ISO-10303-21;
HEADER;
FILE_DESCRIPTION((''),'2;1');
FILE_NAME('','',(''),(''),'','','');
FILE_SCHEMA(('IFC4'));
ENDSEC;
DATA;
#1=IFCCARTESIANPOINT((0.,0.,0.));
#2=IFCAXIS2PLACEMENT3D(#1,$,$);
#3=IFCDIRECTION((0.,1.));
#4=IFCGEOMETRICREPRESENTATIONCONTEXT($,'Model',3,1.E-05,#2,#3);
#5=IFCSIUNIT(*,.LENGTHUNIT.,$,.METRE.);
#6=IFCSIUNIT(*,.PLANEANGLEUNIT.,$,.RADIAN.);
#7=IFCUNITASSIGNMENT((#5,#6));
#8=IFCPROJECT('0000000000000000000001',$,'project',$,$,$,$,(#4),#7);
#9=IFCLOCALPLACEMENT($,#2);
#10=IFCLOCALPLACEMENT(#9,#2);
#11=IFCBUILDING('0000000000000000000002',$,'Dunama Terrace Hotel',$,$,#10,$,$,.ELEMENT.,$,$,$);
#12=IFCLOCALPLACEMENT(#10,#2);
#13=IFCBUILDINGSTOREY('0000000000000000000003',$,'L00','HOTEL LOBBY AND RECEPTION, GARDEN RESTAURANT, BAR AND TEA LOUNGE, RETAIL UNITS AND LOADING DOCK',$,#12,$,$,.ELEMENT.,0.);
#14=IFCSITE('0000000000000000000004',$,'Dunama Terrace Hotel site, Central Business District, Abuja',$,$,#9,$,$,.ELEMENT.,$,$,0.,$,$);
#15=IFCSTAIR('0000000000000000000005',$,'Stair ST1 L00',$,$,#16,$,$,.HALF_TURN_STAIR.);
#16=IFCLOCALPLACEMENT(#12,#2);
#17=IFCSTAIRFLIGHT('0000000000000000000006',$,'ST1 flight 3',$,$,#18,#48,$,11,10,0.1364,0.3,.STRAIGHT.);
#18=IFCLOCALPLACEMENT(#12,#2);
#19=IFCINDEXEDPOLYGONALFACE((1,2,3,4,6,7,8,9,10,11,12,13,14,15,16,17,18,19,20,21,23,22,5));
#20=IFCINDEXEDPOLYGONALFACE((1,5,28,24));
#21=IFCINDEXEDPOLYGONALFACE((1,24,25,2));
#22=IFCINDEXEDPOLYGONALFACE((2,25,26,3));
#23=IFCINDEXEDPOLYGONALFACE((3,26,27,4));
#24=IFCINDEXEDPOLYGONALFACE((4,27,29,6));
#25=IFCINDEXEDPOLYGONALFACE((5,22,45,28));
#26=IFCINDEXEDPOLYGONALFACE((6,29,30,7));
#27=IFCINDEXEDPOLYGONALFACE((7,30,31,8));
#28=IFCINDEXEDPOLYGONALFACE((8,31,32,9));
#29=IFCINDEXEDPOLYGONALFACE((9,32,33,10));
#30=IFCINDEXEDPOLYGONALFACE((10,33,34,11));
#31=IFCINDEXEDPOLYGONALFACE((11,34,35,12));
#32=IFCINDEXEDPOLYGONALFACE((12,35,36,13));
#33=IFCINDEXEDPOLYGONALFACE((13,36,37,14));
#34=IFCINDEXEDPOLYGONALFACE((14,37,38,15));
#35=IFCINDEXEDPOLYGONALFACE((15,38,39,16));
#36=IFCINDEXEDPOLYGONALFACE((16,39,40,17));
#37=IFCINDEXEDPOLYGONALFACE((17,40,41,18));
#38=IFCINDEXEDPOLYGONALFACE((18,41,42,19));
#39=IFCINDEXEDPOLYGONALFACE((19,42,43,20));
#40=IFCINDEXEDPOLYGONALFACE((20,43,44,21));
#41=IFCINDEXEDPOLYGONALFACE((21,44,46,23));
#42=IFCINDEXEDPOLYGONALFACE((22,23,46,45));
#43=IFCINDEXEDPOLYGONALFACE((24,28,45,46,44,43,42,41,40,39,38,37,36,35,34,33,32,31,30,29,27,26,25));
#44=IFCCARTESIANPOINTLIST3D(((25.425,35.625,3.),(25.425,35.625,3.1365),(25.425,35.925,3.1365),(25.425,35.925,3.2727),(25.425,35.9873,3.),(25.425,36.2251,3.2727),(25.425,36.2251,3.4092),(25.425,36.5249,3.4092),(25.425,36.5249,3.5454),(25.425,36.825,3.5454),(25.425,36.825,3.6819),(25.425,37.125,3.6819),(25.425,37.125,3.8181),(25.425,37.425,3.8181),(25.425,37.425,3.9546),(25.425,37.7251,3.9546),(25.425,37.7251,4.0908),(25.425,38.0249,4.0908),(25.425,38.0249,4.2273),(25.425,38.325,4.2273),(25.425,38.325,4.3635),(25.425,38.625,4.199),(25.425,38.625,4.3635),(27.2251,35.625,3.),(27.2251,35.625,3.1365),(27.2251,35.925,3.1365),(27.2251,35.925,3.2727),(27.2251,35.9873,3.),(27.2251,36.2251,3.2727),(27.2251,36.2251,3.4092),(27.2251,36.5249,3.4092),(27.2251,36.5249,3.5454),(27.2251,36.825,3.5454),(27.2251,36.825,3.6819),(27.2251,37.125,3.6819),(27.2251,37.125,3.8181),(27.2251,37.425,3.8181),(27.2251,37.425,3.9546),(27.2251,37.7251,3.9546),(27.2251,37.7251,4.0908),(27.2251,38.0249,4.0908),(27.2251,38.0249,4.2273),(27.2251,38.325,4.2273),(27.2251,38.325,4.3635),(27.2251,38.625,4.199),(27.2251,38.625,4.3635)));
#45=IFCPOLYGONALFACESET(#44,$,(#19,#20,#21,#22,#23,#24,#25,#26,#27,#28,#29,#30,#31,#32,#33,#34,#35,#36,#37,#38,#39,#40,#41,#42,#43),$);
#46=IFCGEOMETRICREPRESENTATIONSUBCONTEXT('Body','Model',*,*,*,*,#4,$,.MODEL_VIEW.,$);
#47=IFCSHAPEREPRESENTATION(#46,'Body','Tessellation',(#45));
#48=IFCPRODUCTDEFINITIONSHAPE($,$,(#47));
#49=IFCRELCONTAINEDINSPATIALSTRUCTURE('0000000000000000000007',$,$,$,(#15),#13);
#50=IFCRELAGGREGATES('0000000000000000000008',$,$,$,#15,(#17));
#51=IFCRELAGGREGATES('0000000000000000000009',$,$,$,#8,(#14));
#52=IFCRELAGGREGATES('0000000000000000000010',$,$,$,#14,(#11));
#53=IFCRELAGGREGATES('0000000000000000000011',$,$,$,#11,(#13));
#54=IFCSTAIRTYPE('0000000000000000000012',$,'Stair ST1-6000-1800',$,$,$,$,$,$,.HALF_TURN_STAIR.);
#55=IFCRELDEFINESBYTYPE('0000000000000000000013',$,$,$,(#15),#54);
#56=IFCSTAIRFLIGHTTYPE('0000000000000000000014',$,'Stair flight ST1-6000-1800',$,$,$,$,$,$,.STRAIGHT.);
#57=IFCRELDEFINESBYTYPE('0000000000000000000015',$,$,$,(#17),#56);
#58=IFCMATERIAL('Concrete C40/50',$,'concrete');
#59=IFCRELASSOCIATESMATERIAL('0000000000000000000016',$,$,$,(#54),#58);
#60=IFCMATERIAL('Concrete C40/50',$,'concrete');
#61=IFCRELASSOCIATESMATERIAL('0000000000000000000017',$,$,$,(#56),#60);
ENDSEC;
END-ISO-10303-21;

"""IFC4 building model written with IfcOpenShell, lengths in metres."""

from ifc_helpers import new_model, si_unit, direction, frame, origin, place, context, subcontext, project, spatial, polyline, outline, extrude, material, type_object, element, aggregate, save


model = new_model("IFC4")

# Units and contexts
model_context = context("Model", 3, precision=1e-05, world=origin(), true_north=direction((0.0, 1.0)))
body_context = subcontext(model_context, "Body", "Model", "MODEL_VIEW")
ifc_project = project(units=[si_unit("LENGTHUNIT", "METRE"), si_unit("PLANEANGLEUNIT", "RADIAN")], contexts=[model_context])

# Site, building, storey
site_placement = place(None, origin())
site = spatial("IfcSite", under=ifc_project, at=site_placement, Name="Dunama Terrace Hotel site, Central Business District, Abuja", CompositionType="ELEMENT", RefElevation=0.0)
building_placement = place(site_placement, origin())
building = spatial("IfcBuilding", under=site, at=building_placement, Name="Dunama Terrace Hotel", CompositionType="ELEMENT")
storey_placement = place(building_placement, origin())
storey = spatial("IfcBuildingStorey", under=building, at=storey_placement, Name="L00", Description="HOTEL LOBBY AND RECEPTION, GARDEN RESTAURANT, BAR AND TEA LOUNGE, RETAIL UNITS AND LOADING DOCK", CompositionType="ELEMENT", Elevation=0.0)

# Stair, stair flight
ifc_material_1 = material(Name="Concrete C40/50", Category="concrete")
stair_type = type_object("IfcStairType", Name="Stair ST1-6000-1800", PredefinedType="HALF_TURN_STAIR", material=ifc_material_1)
stair_placement = place(storey_placement, origin())
stair = element("IfcStair", 1, at=stair_placement, inside=storey, type_object=stair_type, Name="Stair ST1 L00", PredefinedType="HALF_TURN_STAIR")
ifc_material_2 = material(Name="Concrete C40/50", Category="concrete")
stair_flight_type = type_object("IfcStairFlightType", Name="Stair flight ST1-6000-1800", PredefinedType="STRAIGHT", material=ifc_material_2)
stair_flight_1_placement = place(storey_placement, frame((26.325, 35.625, 3.0), z_axis=(0.0, 0.0, 1.0), x_axis=(0.0, 1.0, 0.0)))
stair_flight_1 = element("IfcStairFlight", 2, at=stair_flight_1_placement, type_object=stair_flight_type, Name="ST1 flight 3", NumberOfRisers=11, NumberOfTreads=10, PredefinedType="STRAIGHT", RiserHeight=0.1364, TreadLength=0.3, context=body_context, shape_type="SweptSolid", body=[
    extrude(outline(polyline([(0.0, 0.0), (0.0, 0.1365), (0.3, 0.1365), (0.3, 0.2727), (0.6001, 0.2727), (0.6001, 0.4092), (0.8999, 0.4092), (0.8999, 0.5454), (1.2, 0.5454), (1.2, 0.6819), (1.5, 0.6819), (1.5, 0.8181), (1.8, 0.8181), (1.8, 0.9546), (2.1001, 0.9546), (2.1001, 1.0908), (2.3999, 1.0908), (2.3999, 1.2273), (2.7, 1.2273), (2.7, 1.3635), (3.0, 1.3635), (3.0, 1.5), (3.0, 1.199), (0.3623, 0.0), (0.0, 0.0)])), frame((0.0, 0.8999, 0.0), z_axis=(0.0, -1.0, 0.0), x_axis=(1.0, 0.0, 0.0)), (0.0, 0.0, 1.0), 1.8),
])
aggregate(stair, [stair_flight_1])

save(model, "model.ifc")
